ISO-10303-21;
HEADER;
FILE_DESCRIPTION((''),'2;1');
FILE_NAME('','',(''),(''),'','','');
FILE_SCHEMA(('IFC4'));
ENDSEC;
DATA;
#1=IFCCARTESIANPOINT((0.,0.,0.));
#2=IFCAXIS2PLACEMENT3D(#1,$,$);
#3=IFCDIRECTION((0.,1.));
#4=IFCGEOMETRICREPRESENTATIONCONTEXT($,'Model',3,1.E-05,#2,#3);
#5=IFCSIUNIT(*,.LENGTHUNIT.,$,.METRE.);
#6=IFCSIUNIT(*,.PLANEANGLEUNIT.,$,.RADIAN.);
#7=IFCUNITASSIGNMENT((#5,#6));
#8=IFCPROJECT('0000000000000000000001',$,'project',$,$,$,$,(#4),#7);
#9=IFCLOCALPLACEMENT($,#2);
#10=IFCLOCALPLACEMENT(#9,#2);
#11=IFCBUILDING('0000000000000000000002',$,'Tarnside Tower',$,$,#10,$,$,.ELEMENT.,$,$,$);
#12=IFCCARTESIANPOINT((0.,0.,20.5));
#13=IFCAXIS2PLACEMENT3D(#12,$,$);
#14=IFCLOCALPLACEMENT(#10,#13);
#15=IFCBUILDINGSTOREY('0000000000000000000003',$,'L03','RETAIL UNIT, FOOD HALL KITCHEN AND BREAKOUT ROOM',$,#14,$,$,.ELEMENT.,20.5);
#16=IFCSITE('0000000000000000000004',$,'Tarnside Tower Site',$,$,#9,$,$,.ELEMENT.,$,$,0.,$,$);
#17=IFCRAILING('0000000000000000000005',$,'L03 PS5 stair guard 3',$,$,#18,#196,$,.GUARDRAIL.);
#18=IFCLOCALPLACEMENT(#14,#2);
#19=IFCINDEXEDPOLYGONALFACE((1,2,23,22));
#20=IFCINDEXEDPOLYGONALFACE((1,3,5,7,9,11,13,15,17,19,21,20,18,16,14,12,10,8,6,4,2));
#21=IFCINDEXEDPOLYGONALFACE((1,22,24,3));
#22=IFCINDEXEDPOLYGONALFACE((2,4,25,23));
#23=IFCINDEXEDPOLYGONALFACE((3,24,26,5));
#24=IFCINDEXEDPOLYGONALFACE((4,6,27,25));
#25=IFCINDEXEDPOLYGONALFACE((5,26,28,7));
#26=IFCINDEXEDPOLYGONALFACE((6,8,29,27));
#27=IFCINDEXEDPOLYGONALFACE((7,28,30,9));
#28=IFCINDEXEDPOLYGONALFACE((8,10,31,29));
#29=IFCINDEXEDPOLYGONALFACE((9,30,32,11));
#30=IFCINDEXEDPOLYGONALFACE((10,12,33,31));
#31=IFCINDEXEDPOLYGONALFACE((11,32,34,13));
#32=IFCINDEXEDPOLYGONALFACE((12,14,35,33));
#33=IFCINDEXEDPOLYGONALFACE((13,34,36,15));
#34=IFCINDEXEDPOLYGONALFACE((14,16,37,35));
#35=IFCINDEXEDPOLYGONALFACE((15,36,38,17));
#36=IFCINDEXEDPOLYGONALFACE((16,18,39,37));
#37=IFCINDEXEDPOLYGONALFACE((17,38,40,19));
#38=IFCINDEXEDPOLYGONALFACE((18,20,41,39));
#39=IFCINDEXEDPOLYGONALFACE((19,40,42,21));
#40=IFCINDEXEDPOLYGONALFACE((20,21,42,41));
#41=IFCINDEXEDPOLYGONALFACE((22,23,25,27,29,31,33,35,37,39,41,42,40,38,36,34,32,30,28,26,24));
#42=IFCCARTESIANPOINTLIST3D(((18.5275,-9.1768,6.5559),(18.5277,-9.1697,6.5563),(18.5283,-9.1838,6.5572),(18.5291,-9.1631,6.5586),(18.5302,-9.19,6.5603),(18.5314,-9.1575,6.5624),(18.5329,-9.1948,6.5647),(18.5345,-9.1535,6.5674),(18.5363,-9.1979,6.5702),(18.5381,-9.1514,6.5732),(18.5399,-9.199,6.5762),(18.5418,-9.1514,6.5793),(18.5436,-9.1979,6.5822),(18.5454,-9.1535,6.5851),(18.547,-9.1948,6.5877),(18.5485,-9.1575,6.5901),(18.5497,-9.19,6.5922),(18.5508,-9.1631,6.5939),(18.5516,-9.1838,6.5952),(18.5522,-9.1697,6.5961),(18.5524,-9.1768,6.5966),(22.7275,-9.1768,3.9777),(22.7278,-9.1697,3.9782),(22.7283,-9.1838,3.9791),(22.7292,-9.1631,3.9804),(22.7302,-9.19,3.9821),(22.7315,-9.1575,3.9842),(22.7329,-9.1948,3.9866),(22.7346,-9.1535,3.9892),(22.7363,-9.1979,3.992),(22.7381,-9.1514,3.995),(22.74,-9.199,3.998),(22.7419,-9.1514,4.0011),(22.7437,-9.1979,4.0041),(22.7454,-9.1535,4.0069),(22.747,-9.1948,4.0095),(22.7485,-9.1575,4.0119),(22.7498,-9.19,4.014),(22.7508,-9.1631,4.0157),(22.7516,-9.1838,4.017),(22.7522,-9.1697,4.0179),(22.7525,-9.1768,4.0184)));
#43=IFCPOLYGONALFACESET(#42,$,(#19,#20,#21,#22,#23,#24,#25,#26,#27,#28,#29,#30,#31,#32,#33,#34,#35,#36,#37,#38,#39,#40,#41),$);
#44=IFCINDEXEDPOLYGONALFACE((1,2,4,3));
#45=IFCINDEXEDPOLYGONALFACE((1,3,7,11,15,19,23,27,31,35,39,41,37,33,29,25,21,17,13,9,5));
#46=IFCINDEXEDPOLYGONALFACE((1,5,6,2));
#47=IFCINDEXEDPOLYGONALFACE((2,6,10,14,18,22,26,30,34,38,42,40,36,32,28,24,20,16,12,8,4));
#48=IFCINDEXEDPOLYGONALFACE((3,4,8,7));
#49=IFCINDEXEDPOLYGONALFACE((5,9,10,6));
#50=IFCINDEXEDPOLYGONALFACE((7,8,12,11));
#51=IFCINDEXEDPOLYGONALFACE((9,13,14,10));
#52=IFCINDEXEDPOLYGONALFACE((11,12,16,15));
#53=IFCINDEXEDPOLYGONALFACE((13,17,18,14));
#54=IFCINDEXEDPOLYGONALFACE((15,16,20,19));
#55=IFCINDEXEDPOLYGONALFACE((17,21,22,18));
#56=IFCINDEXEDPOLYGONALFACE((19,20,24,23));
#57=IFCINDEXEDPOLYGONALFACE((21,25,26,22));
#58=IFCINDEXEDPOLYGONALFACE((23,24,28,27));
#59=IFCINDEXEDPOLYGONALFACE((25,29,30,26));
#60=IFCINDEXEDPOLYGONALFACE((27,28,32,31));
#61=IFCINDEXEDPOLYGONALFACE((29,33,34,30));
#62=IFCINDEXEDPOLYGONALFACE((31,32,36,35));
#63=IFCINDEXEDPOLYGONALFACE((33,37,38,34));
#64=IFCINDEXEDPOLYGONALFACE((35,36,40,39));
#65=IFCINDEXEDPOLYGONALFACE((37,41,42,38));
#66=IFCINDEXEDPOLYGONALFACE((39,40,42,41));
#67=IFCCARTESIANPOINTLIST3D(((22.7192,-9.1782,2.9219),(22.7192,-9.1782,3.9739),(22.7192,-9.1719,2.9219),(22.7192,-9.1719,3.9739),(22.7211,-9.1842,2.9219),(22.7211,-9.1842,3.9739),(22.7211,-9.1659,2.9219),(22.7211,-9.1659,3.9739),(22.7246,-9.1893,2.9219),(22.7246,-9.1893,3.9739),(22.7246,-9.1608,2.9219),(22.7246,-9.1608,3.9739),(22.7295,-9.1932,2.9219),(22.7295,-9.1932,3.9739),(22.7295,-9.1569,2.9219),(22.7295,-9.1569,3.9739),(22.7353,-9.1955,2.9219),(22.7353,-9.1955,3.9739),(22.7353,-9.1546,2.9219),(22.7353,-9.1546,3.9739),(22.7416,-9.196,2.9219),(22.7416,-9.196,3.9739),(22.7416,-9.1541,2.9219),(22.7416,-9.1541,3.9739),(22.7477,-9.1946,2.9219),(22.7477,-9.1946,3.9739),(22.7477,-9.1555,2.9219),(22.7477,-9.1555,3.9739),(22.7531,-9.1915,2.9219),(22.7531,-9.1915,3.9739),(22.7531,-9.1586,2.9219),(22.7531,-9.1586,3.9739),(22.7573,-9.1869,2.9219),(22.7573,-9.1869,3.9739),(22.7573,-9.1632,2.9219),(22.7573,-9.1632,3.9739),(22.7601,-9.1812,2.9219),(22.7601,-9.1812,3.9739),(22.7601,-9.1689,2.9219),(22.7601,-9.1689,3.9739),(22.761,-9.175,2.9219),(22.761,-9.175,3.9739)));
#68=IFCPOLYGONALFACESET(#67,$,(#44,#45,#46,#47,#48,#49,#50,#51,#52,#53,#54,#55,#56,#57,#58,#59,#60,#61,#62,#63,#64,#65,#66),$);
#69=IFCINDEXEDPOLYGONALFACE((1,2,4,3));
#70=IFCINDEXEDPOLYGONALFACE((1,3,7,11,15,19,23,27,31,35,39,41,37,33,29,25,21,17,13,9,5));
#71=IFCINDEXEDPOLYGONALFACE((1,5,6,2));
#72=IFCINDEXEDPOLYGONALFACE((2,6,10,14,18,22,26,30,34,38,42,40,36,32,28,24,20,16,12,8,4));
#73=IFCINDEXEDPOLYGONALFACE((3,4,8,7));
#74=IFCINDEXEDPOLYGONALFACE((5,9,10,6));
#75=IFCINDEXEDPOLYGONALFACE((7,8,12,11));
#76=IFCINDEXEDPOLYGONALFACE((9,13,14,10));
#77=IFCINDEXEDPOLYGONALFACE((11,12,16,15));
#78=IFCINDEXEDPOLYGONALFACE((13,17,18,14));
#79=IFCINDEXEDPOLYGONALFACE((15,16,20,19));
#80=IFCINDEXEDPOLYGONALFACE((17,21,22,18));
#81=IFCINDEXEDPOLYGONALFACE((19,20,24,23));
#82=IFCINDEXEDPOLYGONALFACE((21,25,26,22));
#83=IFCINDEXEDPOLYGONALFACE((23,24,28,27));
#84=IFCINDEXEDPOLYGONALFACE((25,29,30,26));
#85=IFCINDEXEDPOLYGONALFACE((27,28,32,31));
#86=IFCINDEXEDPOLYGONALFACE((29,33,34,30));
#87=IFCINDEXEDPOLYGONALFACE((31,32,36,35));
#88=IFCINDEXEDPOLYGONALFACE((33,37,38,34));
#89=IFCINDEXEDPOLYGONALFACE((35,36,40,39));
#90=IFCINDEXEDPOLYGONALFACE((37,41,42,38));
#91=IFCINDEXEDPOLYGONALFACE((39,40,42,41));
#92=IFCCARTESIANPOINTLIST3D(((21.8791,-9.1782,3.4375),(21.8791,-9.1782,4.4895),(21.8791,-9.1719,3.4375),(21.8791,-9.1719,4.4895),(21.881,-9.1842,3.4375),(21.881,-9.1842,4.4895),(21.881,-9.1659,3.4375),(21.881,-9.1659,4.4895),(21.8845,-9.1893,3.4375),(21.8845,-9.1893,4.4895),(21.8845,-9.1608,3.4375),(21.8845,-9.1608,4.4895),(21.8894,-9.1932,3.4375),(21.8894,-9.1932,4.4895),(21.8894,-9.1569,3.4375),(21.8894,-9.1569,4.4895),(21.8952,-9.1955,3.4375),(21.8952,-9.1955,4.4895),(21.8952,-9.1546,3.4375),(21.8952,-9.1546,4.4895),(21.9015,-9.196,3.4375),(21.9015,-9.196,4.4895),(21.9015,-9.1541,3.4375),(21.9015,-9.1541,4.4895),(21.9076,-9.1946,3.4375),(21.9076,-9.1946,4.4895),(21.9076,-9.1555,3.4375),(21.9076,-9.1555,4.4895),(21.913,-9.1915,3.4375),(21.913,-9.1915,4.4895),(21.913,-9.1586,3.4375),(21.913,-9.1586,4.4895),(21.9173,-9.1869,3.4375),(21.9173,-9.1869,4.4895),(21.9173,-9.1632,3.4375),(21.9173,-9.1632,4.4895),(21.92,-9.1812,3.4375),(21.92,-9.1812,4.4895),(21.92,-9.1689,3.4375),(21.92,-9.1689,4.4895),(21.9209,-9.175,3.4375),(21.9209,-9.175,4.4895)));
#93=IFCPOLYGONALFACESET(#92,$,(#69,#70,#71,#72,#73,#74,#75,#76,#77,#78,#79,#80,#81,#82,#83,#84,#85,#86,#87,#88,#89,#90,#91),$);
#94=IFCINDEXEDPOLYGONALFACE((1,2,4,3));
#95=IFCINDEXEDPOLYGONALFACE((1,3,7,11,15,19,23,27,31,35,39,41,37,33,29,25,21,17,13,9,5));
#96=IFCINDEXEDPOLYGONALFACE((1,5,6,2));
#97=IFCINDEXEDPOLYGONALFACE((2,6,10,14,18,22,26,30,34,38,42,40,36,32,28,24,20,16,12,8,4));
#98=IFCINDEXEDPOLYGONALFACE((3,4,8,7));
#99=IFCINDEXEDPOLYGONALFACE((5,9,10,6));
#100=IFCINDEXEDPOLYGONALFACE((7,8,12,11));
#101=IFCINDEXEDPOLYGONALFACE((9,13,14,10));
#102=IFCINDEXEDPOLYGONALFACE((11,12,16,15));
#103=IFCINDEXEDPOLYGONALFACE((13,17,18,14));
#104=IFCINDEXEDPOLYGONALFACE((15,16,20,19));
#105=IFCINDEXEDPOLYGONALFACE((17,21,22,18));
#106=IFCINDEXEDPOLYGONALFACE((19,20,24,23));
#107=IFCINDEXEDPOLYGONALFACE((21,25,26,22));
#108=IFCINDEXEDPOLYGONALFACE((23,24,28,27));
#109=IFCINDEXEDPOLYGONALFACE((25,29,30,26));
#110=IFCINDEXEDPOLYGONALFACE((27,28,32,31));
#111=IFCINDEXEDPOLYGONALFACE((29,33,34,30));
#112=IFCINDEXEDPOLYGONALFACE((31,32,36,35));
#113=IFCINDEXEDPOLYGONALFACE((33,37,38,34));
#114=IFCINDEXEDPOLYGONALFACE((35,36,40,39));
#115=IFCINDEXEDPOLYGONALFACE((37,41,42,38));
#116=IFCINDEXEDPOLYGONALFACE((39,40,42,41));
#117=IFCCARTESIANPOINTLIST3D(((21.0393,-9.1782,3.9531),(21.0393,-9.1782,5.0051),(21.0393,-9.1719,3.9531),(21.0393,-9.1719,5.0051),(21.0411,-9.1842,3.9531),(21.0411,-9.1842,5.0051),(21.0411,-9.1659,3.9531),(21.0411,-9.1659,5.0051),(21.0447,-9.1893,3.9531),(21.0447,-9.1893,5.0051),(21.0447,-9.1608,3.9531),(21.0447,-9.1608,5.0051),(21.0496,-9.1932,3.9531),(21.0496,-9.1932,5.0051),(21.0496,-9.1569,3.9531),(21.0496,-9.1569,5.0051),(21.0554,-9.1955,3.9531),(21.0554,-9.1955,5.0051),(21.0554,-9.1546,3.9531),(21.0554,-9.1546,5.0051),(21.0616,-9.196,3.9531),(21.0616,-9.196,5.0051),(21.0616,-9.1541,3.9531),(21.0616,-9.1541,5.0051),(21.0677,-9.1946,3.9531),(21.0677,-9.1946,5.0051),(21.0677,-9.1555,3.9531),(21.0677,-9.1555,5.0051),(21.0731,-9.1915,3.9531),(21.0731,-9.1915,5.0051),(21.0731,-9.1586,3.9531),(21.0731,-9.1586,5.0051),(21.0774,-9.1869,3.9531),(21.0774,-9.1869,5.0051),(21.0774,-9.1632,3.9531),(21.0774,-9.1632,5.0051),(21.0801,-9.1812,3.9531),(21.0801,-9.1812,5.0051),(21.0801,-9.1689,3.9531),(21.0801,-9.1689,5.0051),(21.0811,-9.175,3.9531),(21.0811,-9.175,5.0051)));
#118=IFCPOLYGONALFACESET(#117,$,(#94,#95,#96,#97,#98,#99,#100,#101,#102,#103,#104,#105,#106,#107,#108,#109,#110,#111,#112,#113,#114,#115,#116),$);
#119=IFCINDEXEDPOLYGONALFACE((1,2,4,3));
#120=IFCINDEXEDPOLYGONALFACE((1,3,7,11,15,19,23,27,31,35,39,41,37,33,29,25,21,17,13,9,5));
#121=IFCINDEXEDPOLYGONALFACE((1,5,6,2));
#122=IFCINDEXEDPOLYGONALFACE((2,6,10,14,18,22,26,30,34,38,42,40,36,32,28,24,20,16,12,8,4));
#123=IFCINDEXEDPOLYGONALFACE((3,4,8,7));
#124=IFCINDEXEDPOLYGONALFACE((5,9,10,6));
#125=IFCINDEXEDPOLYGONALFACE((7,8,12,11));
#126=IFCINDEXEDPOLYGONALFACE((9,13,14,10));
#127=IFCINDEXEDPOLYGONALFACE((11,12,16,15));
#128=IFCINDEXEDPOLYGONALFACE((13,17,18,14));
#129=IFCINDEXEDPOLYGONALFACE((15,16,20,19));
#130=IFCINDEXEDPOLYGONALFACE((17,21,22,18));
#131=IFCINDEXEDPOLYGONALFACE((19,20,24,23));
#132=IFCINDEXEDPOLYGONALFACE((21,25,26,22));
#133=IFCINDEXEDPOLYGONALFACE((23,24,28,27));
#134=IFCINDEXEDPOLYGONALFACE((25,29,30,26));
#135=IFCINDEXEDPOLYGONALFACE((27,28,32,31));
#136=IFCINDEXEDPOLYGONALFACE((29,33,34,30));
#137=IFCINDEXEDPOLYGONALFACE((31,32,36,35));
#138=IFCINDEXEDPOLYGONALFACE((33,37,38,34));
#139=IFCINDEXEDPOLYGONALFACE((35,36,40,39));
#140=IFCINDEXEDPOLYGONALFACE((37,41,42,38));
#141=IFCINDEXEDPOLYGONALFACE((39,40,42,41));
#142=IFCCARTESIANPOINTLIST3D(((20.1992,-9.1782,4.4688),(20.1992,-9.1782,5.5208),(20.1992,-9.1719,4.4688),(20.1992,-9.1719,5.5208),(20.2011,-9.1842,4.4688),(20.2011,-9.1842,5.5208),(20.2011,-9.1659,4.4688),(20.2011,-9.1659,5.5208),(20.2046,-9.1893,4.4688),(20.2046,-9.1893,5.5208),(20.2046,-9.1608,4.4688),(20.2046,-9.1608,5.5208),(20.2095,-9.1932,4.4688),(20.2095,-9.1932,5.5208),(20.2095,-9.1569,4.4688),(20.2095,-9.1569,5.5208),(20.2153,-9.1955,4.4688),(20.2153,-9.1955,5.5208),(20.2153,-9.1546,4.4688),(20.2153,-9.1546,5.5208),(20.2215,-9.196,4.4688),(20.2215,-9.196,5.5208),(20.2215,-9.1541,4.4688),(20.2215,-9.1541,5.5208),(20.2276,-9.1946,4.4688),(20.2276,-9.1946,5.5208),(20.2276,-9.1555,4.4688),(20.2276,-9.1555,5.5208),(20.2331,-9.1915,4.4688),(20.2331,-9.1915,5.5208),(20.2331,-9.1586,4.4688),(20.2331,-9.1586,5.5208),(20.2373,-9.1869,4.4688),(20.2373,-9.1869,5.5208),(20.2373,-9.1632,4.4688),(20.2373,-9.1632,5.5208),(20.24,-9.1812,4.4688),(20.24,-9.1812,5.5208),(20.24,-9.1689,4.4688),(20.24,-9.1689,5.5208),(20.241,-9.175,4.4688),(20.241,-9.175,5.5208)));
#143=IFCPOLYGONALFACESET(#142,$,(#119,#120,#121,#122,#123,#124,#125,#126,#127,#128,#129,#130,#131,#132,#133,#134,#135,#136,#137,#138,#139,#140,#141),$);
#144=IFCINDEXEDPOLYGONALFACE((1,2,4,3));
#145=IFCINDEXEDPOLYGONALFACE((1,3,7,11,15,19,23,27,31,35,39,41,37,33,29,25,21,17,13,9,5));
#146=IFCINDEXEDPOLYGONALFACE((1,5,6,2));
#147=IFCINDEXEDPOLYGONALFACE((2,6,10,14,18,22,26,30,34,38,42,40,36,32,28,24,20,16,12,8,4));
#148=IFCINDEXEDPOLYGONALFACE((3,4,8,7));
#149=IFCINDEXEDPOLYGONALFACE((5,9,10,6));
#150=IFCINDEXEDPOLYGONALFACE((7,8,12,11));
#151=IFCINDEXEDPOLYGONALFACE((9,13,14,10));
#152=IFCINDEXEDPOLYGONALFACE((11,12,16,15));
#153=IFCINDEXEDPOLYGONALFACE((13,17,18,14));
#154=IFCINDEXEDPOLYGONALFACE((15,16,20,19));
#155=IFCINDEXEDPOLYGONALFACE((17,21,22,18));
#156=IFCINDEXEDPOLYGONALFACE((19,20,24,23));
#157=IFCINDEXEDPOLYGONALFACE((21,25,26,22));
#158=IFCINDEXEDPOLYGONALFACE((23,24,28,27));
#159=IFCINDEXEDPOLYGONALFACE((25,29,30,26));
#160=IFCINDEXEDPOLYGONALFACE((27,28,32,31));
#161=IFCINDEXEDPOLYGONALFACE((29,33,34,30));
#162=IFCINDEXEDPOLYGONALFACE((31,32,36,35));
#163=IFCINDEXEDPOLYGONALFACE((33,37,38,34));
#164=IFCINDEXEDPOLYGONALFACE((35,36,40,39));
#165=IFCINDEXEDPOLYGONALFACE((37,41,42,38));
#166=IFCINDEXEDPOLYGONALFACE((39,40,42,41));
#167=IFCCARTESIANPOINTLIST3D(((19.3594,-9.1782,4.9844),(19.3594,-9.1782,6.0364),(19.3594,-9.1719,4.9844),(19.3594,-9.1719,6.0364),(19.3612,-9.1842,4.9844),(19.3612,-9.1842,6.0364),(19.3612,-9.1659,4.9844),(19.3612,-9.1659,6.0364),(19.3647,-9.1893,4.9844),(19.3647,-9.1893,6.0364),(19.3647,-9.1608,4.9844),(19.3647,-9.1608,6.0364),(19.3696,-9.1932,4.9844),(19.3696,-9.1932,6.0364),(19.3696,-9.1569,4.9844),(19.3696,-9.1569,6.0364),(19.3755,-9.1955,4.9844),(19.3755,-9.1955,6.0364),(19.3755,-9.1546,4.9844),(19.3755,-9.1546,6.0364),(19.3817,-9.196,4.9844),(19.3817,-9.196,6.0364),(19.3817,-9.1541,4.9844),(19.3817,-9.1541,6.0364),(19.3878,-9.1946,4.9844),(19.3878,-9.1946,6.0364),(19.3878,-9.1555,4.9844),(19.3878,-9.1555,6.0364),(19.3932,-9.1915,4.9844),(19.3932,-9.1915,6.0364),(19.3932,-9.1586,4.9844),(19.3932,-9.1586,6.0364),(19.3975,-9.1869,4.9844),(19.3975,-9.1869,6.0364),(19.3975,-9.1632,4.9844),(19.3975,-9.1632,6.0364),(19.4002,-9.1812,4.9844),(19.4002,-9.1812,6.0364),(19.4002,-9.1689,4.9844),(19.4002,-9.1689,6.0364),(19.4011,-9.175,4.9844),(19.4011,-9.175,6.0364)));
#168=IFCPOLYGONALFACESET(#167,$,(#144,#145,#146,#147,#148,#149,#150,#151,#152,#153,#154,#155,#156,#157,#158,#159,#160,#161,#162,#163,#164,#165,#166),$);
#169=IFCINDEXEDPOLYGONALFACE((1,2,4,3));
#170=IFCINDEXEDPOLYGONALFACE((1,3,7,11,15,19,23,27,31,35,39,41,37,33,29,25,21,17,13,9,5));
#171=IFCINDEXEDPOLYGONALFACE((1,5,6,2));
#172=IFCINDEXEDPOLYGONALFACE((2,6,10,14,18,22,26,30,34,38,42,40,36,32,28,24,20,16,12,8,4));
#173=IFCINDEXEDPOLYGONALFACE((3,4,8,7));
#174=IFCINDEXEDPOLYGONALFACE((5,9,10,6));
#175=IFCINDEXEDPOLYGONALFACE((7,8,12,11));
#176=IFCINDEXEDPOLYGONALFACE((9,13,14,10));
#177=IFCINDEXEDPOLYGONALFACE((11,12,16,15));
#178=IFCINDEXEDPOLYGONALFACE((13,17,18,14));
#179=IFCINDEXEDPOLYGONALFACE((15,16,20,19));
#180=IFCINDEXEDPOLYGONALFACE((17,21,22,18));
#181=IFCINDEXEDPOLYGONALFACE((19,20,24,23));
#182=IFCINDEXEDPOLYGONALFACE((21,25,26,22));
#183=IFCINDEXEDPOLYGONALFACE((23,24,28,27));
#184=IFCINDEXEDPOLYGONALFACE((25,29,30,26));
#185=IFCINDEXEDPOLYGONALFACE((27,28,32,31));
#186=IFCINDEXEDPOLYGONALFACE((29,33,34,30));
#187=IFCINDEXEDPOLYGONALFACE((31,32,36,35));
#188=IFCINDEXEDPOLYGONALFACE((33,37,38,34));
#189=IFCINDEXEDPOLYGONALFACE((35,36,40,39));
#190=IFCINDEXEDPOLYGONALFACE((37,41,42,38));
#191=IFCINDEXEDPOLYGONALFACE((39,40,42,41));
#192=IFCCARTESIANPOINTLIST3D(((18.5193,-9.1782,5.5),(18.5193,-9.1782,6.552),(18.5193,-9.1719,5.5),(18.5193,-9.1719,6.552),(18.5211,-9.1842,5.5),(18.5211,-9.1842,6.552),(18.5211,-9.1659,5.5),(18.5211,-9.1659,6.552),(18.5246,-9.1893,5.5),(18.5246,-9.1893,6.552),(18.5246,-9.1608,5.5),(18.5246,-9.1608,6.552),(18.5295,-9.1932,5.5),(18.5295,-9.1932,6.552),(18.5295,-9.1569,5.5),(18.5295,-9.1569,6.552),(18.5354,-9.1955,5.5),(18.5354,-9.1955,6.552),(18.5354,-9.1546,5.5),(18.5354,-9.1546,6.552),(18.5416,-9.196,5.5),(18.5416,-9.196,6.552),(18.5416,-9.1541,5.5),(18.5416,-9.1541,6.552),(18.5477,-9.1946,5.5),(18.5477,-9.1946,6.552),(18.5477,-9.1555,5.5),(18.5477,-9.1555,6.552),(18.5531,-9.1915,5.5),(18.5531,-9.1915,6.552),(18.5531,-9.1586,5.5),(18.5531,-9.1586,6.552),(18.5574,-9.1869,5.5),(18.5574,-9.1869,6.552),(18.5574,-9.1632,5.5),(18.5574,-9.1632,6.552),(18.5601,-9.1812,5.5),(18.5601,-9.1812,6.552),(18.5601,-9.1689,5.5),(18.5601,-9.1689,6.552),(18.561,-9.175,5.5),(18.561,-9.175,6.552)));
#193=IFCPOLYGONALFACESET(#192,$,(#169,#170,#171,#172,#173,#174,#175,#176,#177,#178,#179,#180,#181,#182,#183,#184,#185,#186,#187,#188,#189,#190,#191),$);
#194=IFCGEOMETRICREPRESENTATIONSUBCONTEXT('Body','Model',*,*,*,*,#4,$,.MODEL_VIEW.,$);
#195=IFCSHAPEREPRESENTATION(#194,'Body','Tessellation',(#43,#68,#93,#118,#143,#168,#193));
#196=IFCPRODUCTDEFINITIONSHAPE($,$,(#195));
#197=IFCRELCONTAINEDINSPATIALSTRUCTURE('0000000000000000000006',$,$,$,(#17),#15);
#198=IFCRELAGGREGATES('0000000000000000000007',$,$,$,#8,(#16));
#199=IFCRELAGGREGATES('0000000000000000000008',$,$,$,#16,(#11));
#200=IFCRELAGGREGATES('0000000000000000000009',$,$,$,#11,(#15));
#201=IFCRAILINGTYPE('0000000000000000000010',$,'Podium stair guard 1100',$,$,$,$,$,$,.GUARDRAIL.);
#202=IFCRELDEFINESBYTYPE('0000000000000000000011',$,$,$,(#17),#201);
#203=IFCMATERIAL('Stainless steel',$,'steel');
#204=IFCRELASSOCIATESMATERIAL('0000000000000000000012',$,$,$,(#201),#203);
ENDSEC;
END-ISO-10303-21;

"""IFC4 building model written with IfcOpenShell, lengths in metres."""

from ifc_helpers import new_model, si_unit, direction, frame, origin, origin_2d, place, context, subcontext, project, spatial, circle, extrude, material, type_object, element, save


model = new_model("IFC4")

# Units and contexts
model_context = context("Model", 3, precision=1e-05, world=origin(), true_north=direction((0.0, 1.0)))
body_context = subcontext(model_context, "Body", "Model", "MODEL_VIEW")
ifc_project = project(units=[si_unit("LENGTHUNIT", "METRE"), si_unit("PLANEANGLEUNIT", "RADIAN")], contexts=[model_context])

# Site, building, storey
site_placement = place(None, origin())
site = spatial("IfcSite", under=ifc_project, at=site_placement, Name="Tarnside Tower Site", CompositionType="ELEMENT", RefElevation=0.0)
building_placement = place(site_placement, origin())
building = spatial("IfcBuilding", under=site, at=building_placement, Name="Tarnside Tower", CompositionType="ELEMENT")
storey_placement = place(building_placement, frame((0.0, 0.0, 20.5)))
storey = spatial("IfcBuildingStorey", under=building, at=storey_placement, Name="L03", Description="RETAIL UNIT, FOOD HALL KITCHEN AND BREAKOUT ROOM", CompositionType="ELEMENT", Elevation=20.5)

# Railing
ifc_material_1 = material(Name="Stainless steel", Category="steel")
railing_type_1 = type_object("IfcRailingType", Name="Podium stair guard 1100", PredefinedType="GUARDRAIL", material=ifc_material_1)
railing_1_placement = place(storey_placement, frame((22.74, -9.175, 2.9219)))
element("IfcRailing", 1, at=railing_1_placement, inside=storey, type_object=railing_type_1, Name="L03 PS5 stair guard 3", PredefinedType="GUARDRAIL", context=body_context, shape_type="SweptSolid", body=[
    extrude(circle(Radius=0.0239, at=origin_2d()), frame((0.0, 0.0, 1.0762), z_axis=(-0.852243, 0.0, 0.523146), x_axis=(0.0, -1.0, 0.0)), (0.0, 0.0, 1.0), 4.9282),
    extrude(circle(Radius=0.021, at=origin_2d()), origin(), (0.0, 0.0, 1.0), 1.052),
    extrude(circle(Radius=0.021, at=origin_2d()), frame((-0.8401, 0.0, 0.5156)), (0.0, 0.0, 1.0), 1.052),
    extrude(circle(Radius=0.021, at=origin_2d()), frame((-1.6799, 0.0, 1.0312)), (0.0, 0.0, 1.0), 1.052),
    extrude(circle(Radius=0.021, at=origin_2d()), frame((-2.52, 0.0, 1.5469)), (0.0, 0.0, 1.0), 1.052),
    extrude(circle(Radius=0.021, at=origin_2d()), frame((-3.3599, 0.0, 2.0625)), (0.0, 0.0, 1.0), 1.052),
    extrude(circle(Radius=0.021, at=origin_2d()), frame((-4.2, 0.0, 2.5781)), (0.0, 0.0, 1.0), 1.052),
])

save(model, "model.ifc")
